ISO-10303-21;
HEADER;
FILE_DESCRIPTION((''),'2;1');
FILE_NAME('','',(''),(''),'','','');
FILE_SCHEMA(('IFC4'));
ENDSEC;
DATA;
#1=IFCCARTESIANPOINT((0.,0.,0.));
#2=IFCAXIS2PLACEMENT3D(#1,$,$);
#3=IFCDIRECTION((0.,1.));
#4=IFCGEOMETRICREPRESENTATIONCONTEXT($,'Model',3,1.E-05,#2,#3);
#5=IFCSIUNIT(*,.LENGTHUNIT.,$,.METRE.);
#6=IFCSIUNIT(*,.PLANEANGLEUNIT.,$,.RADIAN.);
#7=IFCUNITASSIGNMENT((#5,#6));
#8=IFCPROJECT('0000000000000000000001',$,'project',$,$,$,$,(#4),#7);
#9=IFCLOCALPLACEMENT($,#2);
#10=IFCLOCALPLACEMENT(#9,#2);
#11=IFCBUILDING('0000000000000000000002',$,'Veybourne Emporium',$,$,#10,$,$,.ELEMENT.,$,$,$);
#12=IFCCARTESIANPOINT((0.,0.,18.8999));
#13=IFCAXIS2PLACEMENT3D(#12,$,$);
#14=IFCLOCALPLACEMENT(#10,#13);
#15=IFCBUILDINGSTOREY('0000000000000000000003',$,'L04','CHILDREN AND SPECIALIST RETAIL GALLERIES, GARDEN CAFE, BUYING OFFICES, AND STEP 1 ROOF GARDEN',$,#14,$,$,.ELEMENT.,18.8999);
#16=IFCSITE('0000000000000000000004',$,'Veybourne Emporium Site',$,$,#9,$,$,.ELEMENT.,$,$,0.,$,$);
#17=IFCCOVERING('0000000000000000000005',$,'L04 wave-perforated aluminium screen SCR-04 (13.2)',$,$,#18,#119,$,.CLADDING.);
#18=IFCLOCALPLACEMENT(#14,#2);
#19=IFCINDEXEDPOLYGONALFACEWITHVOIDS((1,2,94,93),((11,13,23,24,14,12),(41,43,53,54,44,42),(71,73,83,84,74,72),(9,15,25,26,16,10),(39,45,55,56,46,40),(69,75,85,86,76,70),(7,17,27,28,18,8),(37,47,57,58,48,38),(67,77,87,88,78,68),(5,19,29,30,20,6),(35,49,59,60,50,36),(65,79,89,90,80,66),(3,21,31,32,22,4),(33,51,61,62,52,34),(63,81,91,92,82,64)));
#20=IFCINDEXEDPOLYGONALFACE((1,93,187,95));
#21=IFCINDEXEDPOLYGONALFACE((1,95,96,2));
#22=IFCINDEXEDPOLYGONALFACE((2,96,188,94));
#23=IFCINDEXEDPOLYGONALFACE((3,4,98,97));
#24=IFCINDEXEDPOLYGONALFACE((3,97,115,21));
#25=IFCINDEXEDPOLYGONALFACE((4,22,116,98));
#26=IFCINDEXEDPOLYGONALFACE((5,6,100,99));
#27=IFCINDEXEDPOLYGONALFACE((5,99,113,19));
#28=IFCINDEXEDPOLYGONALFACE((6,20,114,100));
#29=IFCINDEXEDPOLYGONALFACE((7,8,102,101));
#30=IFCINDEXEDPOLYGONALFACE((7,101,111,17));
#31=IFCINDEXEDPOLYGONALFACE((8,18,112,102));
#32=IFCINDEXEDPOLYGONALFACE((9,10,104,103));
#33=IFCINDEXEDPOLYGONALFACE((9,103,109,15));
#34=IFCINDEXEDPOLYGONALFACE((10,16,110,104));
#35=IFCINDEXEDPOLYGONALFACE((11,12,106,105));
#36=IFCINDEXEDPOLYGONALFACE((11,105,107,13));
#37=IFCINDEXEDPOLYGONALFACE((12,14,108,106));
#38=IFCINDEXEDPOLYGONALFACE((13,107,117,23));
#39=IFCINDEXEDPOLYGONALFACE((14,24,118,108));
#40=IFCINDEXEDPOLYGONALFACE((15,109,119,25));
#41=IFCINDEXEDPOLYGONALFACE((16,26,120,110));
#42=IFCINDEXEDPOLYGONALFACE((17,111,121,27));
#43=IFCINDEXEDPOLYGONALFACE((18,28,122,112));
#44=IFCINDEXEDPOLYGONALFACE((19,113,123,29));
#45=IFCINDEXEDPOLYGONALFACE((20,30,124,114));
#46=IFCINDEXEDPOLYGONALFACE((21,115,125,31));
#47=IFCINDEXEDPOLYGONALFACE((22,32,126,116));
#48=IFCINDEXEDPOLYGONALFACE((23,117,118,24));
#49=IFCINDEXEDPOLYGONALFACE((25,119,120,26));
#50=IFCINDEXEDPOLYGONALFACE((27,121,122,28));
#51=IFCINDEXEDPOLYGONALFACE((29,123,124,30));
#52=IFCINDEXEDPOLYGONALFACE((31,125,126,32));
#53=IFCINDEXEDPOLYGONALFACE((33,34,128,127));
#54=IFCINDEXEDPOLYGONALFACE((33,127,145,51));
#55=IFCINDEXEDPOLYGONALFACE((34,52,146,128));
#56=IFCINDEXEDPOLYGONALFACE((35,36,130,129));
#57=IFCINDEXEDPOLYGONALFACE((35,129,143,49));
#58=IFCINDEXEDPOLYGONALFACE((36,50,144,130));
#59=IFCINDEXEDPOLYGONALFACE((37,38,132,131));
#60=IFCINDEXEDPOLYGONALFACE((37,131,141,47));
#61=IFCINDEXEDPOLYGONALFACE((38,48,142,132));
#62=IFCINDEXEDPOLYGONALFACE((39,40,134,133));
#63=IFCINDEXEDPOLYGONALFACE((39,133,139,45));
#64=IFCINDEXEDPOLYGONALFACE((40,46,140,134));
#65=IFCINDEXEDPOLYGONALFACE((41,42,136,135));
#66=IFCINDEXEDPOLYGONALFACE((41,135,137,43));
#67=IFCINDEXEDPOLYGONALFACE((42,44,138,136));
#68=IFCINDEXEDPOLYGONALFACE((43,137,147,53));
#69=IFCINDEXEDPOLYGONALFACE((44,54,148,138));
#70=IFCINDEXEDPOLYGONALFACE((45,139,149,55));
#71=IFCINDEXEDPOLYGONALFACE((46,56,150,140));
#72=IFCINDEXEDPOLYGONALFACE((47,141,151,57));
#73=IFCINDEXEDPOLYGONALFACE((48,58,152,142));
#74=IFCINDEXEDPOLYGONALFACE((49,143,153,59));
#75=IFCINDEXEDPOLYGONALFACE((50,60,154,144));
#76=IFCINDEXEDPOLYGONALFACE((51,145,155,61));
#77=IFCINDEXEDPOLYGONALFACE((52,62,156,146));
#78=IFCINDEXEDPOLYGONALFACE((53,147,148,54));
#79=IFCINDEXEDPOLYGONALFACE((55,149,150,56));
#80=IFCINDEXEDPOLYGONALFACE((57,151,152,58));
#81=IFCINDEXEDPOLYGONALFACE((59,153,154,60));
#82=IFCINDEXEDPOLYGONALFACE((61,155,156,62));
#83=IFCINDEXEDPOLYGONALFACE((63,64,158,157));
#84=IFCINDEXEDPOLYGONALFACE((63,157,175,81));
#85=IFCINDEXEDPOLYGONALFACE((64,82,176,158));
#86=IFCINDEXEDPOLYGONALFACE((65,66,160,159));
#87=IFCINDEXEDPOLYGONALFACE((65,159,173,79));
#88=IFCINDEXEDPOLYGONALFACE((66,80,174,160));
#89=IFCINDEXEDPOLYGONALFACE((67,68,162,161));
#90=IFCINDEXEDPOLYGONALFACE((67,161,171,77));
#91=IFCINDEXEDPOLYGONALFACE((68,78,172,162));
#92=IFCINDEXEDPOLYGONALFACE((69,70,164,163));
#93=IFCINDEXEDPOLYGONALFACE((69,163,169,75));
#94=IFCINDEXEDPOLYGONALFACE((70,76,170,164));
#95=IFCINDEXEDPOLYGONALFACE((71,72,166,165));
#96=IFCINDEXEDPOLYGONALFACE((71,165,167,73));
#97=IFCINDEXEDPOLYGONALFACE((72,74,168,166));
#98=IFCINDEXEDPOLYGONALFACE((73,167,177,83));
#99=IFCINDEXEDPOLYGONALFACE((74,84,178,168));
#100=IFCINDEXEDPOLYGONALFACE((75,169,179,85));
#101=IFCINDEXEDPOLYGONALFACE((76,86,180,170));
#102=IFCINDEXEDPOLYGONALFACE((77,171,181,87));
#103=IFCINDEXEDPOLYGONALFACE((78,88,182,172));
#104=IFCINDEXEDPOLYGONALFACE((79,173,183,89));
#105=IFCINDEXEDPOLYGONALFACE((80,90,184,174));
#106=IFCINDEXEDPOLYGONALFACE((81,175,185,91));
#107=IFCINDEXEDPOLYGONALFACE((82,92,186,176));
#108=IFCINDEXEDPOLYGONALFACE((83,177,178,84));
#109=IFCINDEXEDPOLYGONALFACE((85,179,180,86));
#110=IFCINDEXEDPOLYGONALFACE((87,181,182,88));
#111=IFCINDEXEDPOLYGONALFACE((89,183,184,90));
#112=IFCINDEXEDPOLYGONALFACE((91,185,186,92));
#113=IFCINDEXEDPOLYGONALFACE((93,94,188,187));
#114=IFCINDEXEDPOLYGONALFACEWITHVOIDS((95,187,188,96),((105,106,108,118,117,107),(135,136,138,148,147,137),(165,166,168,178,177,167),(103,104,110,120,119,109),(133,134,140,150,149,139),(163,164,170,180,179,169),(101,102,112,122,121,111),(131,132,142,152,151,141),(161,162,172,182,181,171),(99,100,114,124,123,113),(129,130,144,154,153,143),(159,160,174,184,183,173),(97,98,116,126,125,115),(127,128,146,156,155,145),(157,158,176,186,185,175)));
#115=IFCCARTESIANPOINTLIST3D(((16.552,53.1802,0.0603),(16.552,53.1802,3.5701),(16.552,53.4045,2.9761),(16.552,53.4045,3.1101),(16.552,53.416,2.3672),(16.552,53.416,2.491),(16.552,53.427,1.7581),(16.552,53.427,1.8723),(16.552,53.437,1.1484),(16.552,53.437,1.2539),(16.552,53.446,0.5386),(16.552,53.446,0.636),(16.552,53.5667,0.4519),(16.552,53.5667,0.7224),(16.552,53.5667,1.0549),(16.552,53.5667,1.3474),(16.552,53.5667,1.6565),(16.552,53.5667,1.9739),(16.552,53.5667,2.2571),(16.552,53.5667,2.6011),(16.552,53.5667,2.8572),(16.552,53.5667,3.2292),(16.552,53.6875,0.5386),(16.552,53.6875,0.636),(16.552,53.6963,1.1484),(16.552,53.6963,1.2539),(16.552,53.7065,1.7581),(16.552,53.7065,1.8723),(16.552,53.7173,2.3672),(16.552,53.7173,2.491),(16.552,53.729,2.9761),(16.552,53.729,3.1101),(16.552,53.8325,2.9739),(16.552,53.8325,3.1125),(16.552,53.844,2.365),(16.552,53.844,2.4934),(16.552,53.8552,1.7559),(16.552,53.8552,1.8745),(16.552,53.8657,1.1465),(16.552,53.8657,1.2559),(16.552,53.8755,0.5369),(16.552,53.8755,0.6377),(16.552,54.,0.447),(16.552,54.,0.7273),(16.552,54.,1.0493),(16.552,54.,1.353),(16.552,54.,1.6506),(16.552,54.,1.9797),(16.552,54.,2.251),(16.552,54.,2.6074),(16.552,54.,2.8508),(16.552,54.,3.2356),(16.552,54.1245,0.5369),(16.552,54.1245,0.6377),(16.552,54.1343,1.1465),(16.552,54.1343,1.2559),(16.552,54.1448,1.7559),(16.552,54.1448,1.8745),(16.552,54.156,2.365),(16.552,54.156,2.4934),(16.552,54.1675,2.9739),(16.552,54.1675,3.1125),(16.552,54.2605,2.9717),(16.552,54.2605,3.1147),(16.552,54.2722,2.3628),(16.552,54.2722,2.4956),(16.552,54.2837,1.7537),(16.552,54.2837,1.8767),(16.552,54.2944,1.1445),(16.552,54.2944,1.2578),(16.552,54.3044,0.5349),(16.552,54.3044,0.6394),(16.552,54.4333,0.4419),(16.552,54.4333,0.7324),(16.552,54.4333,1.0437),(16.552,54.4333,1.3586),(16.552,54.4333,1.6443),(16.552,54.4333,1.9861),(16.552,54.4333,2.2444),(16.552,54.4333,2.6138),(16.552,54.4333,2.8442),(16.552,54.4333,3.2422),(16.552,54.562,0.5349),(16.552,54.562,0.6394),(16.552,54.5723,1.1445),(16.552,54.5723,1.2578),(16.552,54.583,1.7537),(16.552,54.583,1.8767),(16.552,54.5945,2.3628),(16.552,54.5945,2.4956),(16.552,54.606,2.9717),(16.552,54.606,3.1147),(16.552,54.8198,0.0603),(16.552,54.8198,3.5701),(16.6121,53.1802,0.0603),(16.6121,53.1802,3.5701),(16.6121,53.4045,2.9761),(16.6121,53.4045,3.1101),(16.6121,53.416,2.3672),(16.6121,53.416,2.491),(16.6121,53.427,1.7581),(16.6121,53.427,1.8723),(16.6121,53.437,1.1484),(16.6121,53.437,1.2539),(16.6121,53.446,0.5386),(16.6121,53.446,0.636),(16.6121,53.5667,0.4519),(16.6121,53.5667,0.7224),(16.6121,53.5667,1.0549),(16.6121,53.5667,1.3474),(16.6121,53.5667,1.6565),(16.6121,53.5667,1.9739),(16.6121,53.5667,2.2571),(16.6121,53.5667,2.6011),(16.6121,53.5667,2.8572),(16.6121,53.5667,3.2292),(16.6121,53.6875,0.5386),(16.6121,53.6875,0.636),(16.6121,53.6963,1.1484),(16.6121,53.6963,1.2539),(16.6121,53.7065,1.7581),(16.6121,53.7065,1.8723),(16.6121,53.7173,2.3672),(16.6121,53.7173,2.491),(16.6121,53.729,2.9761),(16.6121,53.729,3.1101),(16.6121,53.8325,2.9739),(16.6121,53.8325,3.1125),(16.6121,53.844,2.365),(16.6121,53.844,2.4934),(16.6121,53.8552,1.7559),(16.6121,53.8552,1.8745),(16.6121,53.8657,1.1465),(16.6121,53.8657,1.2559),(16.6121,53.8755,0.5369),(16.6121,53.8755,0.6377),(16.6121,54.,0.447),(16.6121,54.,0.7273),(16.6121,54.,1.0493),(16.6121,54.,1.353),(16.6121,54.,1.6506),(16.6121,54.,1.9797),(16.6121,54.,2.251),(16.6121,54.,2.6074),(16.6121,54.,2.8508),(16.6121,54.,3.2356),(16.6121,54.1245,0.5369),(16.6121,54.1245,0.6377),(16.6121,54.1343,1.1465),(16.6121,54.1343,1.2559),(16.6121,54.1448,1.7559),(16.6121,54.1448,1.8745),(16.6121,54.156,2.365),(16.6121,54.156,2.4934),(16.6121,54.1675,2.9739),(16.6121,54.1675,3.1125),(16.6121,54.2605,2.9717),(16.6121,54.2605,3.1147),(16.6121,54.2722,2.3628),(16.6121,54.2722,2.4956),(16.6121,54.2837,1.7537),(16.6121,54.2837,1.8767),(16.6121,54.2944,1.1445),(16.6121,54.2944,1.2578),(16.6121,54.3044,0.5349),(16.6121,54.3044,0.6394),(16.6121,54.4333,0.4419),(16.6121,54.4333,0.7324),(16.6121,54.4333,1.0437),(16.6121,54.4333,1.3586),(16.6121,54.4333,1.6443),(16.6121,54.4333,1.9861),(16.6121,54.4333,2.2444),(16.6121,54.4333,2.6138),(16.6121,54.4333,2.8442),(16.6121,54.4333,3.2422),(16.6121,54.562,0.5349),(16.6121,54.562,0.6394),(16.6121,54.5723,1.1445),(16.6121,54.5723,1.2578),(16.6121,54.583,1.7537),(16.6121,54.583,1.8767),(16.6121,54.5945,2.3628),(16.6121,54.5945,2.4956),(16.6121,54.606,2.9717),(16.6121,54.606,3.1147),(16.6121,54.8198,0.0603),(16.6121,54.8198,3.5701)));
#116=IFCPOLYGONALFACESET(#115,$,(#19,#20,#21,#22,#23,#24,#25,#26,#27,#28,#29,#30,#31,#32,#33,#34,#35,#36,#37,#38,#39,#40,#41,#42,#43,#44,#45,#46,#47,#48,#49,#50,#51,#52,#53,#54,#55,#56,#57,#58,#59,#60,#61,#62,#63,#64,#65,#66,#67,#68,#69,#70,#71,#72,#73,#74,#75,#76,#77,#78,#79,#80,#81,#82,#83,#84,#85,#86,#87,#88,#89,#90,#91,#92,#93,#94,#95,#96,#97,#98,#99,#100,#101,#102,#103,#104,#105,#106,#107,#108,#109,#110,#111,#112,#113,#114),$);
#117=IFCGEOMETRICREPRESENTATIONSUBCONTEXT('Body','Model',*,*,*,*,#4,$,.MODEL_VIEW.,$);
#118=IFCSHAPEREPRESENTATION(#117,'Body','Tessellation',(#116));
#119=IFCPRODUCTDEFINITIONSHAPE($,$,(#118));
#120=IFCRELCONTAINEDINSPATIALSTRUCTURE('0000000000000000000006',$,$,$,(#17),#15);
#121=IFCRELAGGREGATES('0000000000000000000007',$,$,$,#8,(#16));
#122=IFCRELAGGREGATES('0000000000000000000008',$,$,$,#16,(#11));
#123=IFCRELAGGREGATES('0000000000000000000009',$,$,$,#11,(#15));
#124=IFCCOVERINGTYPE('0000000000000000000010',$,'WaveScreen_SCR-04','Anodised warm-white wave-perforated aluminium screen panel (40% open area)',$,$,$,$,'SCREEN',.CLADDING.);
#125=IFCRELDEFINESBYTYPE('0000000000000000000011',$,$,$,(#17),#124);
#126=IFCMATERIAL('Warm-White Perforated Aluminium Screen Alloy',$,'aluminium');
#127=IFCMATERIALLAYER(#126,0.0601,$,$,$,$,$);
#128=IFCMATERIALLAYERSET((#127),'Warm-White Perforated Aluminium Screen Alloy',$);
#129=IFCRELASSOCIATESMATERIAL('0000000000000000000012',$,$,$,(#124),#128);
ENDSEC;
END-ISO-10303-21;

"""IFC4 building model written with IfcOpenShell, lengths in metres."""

from ifc_helpers import new_model, si_unit, direction, frame, origin, place, context, subcontext, project, spatial, polyline, outline, extrude, material, layer, layer_set, type_object, element, save


model = new_model("IFC4")

# Units and contexts
model_context = context("Model", 3, precision=1e-05, world=origin(), true_north=direction((0.0, 1.0)))
body_context = subcontext(model_context, "Body", "Model", "MODEL_VIEW")
ifc_project = project(units=[si_unit("LENGTHUNIT", "METRE"), si_unit("PLANEANGLEUNIT", "RADIAN")], contexts=[model_context])

# Site, building, storey
site_placement = place(None, origin())
site = spatial("IfcSite", under=ifc_project, at=site_placement, Name="Veybourne Emporium Site", CompositionType="ELEMENT", RefElevation=0.0)
building_placement = place(site_placement, origin())
building = spatial("IfcBuilding", under=site, at=building_placement, Name="Veybourne Emporium", CompositionType="ELEMENT")
storey_placement = place(building_placement, frame((0.0, 0.0, 18.8999)))
storey = spatial("IfcBuildingStorey", under=building, at=storey_placement, Name="L04", Description="CHILDREN AND SPECIALIST RETAIL GALLERIES, GARDEN CAFE, BUYING OFFICES, AND STEP 1 ROOF GARDEN", CompositionType="ELEMENT", Elevation=18.8999)

# Covering
ifc_material_1 = material(Name="Warm-White Perforated Aluminium Screen Alloy", Category="aluminium")
ifc_layer_1 = layer(ifc_material_1, 0.0601)
ifc_layer_set_1 = layer_set([ifc_layer_1], Name="Warm-White Perforated Aluminium Screen Alloy")
covering_type_1 = type_object("IfcCoveringType", Name="WaveScreen_SCR-04", Description="Anodised warm-white wave-perforated aluminium screen panel (40% open area)", ElementType="SCREEN", PredefinedType="CLADDING", material=ifc_layer_set_1)
covering_1_placement = place(storey_placement, frame((16.552, 54.0, 1.8152), z_axis=(1.0, 0.0, 0.0), x_axis=(0.0, 1.0, 0.0)))
element("IfcCovering", 1, at=covering_1_placement, inside=storey, type_object=covering_type_1, Name="L04 wave-perforated aluminium screen SCR-04 (13.2)", PredefinedType="CLADDING", context=body_context, shape_type="SweptSolid", body=[
    extrude(outline(polyline([(-0.8198, -1.7549), (0.8198, -1.7549), (0.8198, 1.7549), (-0.8198, 1.7549), (-0.8198, -1.7549)]), holes=[polyline([(-0.4333, -1.0928), (-0.3125, -1.1792), (-0.3125, -1.2766), (-0.4333, -1.3633), (-0.554, -1.2766), (-0.554, -1.1792), (-0.4333, -1.0928)]), polyline([(-0.4333, -0.4678), (-0.3037, -0.5613), (-0.3037, -0.6667), (-0.4333, -0.7603), (-0.563, -0.6667), (-0.563, -0.5613), (-0.4333, -0.4678)]), polyline([(-0.4333, 0.1587), (-0.2935, 0.0571), (-0.2935, -0.0571), (-0.4333, -0.1587), (-0.573, -0.0571), (-0.573, 0.0571), (-0.4333, 0.1587)]), polyline([(-0.4333, 0.7859), (-0.2827, 0.6758), (-0.2827, 0.552), (-0.4333, 0.4419), (-0.584, 0.552), (-0.584, 0.6758), (-0.4333, 0.7859)]), polyline([(-0.4333, 1.4141), (-0.271, 1.2949), (-0.271, 1.1609), (-0.4333, 1.042), (-0.5955, 1.1609), (-0.5955, 1.2949), (-0.4333, 1.4141)]), polyline([(0.0, -1.0879), (0.1245, -1.1775), (0.1245, -1.2783), (0.0, -1.3682), (-0.1245, -1.2783), (-0.1245, -1.1775), (0.0, -1.0879)]), polyline([(0.0, -0.4622), (0.1343, -0.5593), (0.1343, -0.6687), (0.0, -0.7659), (-0.1343, -0.6687), (-0.1343, -0.5593), (0.0, -0.4622)]), polyline([(0.0, 0.1646), (0.1448, 0.0593), (0.1448, -0.0593), (0.0, -0.1646), (-0.1448, -0.0593), (-0.1448, 0.0593), (0.0, 0.1646)]), polyline([(0.0, 0.7922), (0.156, 0.6782), (0.156, 0.5498), (0.0, 0.4358), (-0.156, 0.5498), (-0.156, 0.6782), (0.0, 0.7922)]), polyline([(0.0, 1.4204), (0.1675, 1.2974), (0.1675, 1.1587), (0.0, 1.0356), (-0.1675, 1.1587), (-0.1675, 1.2974), (0.0, 1.4204)]), polyline([(0.4333, -1.0828), (0.562, -1.1758), (0.562, -1.2803), (0.4333, -1.3733), (0.3044, -1.2803), (0.3044, -1.1758), (0.4333, -1.0828)]), polyline([(0.4333, -0.4565), (0.5723, -0.5574), (0.5723, -0.6707), (0.4333, -0.7715), (0.2944, -0.6707), (0.2944, -0.5574), (0.4333, -0.4565)]), polyline([(0.4333, 0.1709), (0.583, 0.0615), (0.583, -0.0615), (0.4333, -0.1709), (0.2837, -0.0615), (0.2837, 0.0615), (0.4333, 0.1709)]), polyline([(0.4333, 0.7986), (0.5945, 0.6804), (0.5945, 0.5476), (0.4333, 0.4292), (0.2722, 0.5476), (0.2722, 0.6804), (0.4333, 0.7986)]), polyline([(0.4333, 1.427), (0.606, 1.2996), (0.606, 1.1565), (0.4333, 1.0291), (0.2605, 1.1565), (0.2605, 1.2996), (0.4333, 1.427)])]), origin(), (0.0, 0.0, 1.0), 0.0601),
])

save(model, "model.ifc")
